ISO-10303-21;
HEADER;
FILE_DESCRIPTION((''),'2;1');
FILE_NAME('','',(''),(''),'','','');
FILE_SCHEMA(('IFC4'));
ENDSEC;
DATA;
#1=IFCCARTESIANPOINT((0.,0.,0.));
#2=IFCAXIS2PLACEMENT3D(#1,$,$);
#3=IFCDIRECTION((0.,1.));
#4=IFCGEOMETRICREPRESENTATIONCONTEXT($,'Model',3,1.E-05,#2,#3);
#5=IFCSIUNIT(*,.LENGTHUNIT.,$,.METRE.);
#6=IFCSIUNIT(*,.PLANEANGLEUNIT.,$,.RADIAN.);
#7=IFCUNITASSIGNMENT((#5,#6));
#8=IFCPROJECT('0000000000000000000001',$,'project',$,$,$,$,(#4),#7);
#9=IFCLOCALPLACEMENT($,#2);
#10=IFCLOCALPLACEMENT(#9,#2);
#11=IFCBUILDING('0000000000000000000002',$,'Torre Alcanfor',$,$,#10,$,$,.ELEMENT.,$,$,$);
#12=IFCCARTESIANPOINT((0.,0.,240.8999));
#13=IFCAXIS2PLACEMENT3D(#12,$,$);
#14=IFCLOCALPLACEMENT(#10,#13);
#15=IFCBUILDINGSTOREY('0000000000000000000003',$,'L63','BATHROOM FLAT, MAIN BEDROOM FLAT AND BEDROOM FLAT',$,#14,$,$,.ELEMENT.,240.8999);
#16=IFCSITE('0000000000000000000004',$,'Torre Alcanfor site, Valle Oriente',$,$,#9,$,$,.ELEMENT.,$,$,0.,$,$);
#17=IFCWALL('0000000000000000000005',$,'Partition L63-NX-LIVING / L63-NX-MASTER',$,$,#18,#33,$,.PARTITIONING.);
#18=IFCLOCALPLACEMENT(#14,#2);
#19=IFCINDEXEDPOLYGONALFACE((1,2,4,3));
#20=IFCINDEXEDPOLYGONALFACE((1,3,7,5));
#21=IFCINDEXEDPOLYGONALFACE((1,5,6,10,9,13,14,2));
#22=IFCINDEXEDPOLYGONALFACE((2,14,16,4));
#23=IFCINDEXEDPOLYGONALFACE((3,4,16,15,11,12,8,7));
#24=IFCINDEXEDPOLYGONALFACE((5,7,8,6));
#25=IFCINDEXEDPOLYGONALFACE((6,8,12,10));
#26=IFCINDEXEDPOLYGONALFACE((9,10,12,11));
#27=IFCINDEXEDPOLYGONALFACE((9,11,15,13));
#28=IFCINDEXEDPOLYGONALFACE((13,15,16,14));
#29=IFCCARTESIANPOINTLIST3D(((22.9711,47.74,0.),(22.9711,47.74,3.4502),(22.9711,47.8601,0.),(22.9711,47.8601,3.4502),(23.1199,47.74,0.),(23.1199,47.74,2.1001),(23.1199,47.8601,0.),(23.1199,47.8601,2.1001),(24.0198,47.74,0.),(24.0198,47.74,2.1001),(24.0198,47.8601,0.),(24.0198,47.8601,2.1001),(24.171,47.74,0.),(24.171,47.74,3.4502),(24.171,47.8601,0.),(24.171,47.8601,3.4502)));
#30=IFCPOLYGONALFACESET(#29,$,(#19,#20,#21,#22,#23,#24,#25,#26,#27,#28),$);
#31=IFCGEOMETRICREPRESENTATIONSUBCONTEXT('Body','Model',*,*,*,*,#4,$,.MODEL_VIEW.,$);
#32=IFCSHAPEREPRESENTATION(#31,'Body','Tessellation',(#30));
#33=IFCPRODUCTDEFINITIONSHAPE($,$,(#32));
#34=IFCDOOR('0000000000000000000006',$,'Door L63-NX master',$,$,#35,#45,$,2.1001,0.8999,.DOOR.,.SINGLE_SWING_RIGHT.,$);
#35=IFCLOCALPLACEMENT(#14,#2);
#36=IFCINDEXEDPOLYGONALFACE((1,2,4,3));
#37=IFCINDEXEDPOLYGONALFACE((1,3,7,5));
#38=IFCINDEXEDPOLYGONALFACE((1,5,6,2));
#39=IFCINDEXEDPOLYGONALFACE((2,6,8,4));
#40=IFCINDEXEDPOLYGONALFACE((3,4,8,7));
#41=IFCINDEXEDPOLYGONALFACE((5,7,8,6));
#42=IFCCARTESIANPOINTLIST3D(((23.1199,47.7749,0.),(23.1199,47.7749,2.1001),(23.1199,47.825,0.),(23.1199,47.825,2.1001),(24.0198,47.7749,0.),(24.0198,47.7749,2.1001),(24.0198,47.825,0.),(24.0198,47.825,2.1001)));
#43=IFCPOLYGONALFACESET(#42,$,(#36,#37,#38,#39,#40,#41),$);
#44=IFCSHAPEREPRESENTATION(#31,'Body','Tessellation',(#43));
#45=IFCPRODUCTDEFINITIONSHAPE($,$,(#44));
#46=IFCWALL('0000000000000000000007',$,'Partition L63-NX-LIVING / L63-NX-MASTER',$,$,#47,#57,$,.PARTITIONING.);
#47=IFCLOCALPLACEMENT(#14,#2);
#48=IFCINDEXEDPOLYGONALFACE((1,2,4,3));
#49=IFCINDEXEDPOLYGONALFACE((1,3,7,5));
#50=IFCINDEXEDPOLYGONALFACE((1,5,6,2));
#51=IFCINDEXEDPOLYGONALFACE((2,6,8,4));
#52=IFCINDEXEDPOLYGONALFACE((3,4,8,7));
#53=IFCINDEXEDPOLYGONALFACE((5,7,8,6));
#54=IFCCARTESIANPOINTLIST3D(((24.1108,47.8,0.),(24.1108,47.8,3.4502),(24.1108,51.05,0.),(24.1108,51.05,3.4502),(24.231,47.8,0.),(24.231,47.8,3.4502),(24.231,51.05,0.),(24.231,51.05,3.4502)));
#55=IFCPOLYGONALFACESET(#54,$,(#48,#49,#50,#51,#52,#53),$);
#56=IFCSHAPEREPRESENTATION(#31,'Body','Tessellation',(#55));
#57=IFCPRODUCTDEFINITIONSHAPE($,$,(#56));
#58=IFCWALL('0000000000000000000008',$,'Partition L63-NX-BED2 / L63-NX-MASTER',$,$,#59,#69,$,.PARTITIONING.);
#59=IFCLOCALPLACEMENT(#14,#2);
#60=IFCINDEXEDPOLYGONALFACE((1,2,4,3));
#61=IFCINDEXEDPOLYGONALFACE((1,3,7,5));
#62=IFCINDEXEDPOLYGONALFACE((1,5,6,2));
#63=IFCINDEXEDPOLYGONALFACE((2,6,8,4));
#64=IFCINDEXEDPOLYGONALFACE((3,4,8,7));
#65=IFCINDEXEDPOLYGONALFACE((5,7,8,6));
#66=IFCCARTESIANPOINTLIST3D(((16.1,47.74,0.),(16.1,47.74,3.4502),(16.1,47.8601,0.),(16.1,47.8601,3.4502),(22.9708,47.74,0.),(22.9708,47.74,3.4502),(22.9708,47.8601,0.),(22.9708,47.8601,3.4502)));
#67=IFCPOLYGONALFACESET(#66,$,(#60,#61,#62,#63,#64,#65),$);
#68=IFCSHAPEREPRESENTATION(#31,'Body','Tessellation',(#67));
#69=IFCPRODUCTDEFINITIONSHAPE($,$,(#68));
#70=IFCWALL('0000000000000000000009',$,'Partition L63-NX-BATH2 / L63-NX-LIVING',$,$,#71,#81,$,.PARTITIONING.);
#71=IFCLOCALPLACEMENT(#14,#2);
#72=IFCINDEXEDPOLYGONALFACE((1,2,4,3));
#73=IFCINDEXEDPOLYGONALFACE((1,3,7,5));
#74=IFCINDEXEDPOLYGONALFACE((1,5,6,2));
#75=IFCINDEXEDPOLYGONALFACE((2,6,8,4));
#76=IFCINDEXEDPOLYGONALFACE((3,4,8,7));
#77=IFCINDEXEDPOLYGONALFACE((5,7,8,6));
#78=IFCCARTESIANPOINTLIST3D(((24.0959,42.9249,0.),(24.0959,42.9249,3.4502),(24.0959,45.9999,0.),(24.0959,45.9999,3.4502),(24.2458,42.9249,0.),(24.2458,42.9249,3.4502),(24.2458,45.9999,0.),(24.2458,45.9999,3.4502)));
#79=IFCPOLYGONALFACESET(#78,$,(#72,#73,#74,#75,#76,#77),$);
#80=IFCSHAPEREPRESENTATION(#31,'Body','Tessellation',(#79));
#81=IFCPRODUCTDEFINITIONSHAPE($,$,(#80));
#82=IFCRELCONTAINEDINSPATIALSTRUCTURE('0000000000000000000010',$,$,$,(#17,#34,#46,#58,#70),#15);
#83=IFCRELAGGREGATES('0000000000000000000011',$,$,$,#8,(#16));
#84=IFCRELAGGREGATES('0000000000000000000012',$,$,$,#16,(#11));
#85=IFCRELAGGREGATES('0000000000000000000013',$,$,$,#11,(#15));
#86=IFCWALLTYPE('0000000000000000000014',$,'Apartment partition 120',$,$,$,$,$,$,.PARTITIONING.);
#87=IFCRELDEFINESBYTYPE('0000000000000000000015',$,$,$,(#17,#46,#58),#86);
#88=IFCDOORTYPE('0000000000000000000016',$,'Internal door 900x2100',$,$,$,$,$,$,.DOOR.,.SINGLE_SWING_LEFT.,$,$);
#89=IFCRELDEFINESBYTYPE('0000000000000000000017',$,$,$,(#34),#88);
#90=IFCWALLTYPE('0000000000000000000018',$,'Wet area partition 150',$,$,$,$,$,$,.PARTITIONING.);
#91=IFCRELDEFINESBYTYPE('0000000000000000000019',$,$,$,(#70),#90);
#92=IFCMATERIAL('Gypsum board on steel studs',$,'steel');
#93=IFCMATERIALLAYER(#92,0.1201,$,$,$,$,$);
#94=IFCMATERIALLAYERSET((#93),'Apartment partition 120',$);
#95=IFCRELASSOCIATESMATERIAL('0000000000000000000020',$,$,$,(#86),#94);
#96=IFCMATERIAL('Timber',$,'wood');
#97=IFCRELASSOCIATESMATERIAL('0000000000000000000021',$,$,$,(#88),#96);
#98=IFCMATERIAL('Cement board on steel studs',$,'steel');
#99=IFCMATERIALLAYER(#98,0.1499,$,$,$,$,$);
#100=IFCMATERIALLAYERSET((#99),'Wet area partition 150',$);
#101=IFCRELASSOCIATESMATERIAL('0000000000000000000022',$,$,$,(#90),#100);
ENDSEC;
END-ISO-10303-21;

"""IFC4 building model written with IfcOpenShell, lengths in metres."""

from ifc_helpers import new_model, si_unit, direction, frame, frame_2d, origin, place, context, subcontext, project, spatial, rectangle, extrude, material, layer, layer_set, type_object, element, fill, save


model = new_model("IFC4")

# Units and contexts
model_context = context("Model", 3, precision=1e-05, world=origin(), true_north=direction((0.0, 1.0)))
body_context = subcontext(model_context, "Body", "Model", "MODEL_VIEW")
ifc_project = project(units=[si_unit("LENGTHUNIT", "METRE"), si_unit("PLANEANGLEUNIT", "RADIAN")], contexts=[model_context])

# Site, building, storey
site_placement = place(None, origin())
site = spatial("IfcSite", under=ifc_project, at=site_placement, Name="Torre Alcanfor site, Valle Oriente", CompositionType="ELEMENT", RefElevation=0.0)
building_placement = place(site_placement, origin())
building = spatial("IfcBuilding", under=site, at=building_placement, Name="Torre Alcanfor", CompositionType="ELEMENT")
storey_placement = place(building_placement, frame((0.0, 0.0, 240.8999)))
storey = spatial("IfcBuildingStorey", under=building, at=storey_placement, Name="L63", Description="BATHROOM FLAT, MAIN BEDROOM FLAT AND BEDROOM FLAT", CompositionType="ELEMENT", Elevation=240.8999)

# Wall, opening, door
ifc_material_1 = material(Name="Gypsum board on steel studs", Category="steel")
ifc_layer_1 = layer(ifc_material_1, 0.1201)
ifc_layer_set_1 = layer_set([ifc_layer_1], Name="Apartment partition 120")
wall_type_1 = type_object("IfcWallType", Name="Apartment partition 120", PredefinedType="PARTITIONING", material=ifc_layer_set_1)
ifc_material_2 = material(Name="Timber", Category="wood")
door_type = type_object("IfcDoorType", Name="Internal door 900x2100", OperationType="SINGLE_SWING_LEFT", PredefinedType="DOOR", material=ifc_material_2)
wall_1_placement = place(storey_placement, frame((22.9709, 47.8, 0.0), z_axis=(0.0, 0.0, 1.0), x_axis=(1.0, 0.0, 0.0)))
wall_1 = element("IfcWall", 1, at=wall_1_placement, inside=storey, type_object=wall_type_1, Name="Partition L63-NX-LIVING / L63-NX-MASTER", PredefinedType="PARTITIONING", context=body_context, shape_type="SweptSolid", body=[
    extrude(rectangle(XDim=1.2, YDim=0.1201, at=frame_2d((0.6001, 0.0))), origin(), (0.0, 0.0, 1.0), 3.4502),
])
opening_1_placement = place(wall_1_placement, frame((0.1489, 0.0, 0.0)))
opening_1 = element("IfcOpeningElement", 2, at=opening_1_placement, cuts=wall_1, PredefinedType="OPENING", context=body_context, shape_type="SweptSolid", body=[
    extrude(rectangle(XDim=0.8999, YDim=2.1001, at=frame_2d((0.45, 1.05))), frame((0.0, 0.0701, 0.0), z_axis=(0.0, -1.0, 0.0), x_axis=(1.0, 0.0, 0.0)), (0.0, 0.0, 1.0), 0.1401),
])
door_1_placement = place(opening_1_placement, origin())
door_1 = element("IfcDoor", 3, at=door_1_placement, inside=storey, type_object=door_type, Name="Door L63-NX master", OperationType="SINGLE_SWING_RIGHT", OverallHeight=2.1001, OverallWidth=0.8999, PredefinedType="DOOR", context=body_context, shape_type="SweptSolid", body=[
    extrude(rectangle(XDim=0.8999, YDim=2.1001, at=frame_2d((0.45, 1.05))), frame((0.0, 0.0249, 0.0), z_axis=(0.0, -1.0, 0.0), x_axis=(1.0, 0.0, 0.0)), (0.0, 0.0, 1.0), 0.05),
])
fill(opening_1, door_1)

# Walls
wall_2_placement = place(storey_placement, frame((24.1709, 47.8, 0.0), z_axis=(0.0, 0.0, 1.0), x_axis=(0.0, 1.0, 0.0)))
element("IfcWall", 4, at=wall_2_placement, inside=storey, type_object=wall_type_1, Name="Partition L63-NX-LIVING / L63-NX-MASTER", PredefinedType="PARTITIONING", context=body_context, shape_type="SweptSolid", body=[
    extrude(rectangle(XDim=3.25, YDim=0.1201, at=frame_2d((1.625, 0.0))), origin(), (0.0, 0.0, 1.0), 3.4502),
])
wall_3_placement = place(storey_placement, frame((22.9709, 47.8, 0.0), z_axis=(0.0, 0.0, 1.0), x_axis=(-1.0, 0.0, 0.0)))
element("IfcWall", 5, at=wall_3_placement, inside=storey, type_object=wall_type_1, Name="Partition L63-NX-BED2 / L63-NX-MASTER", PredefinedType="PARTITIONING", context=body_context, shape_type="SweptSolid", body=[
    extrude(rectangle(XDim=6.8708, YDim=0.1201, at=frame_2d((3.4355, 0.0))), origin(), (0.0, 0.0, 1.0), 3.4502),
])
ifc_material_3 = material(Name="Cement board on steel studs", Category="steel")
ifc_layer_2 = layer(ifc_material_3, 0.1499)
ifc_layer_set_2 = layer_set([ifc_layer_2], Name="Wet area partition 150")
wall_type_2 = type_object("IfcWallType", Name="Wet area partition 150", PredefinedType="PARTITIONING", material=ifc_layer_set_2)
wall_4_placement = place(storey_placement, frame((24.1709, 46.0, 0.0), z_axis=(0.0, 0.0, 1.0), x_axis=(0.0, -1.0, 0.0)))
element("IfcWall", 6, at=wall_4_placement, inside=storey, type_object=wall_type_2, Name="Partition L63-NX-BATH2 / L63-NX-LIVING", PredefinedType="PARTITIONING", context=body_context, shape_type="SweptSolid", body=[
    extrude(rectangle(XDim=3.075, YDim=0.1499, at=frame_2d((1.5376, 0.0))), origin(), (0.0, 0.0, 1.0), 3.4502),
])

save(model, "model.ifc")
